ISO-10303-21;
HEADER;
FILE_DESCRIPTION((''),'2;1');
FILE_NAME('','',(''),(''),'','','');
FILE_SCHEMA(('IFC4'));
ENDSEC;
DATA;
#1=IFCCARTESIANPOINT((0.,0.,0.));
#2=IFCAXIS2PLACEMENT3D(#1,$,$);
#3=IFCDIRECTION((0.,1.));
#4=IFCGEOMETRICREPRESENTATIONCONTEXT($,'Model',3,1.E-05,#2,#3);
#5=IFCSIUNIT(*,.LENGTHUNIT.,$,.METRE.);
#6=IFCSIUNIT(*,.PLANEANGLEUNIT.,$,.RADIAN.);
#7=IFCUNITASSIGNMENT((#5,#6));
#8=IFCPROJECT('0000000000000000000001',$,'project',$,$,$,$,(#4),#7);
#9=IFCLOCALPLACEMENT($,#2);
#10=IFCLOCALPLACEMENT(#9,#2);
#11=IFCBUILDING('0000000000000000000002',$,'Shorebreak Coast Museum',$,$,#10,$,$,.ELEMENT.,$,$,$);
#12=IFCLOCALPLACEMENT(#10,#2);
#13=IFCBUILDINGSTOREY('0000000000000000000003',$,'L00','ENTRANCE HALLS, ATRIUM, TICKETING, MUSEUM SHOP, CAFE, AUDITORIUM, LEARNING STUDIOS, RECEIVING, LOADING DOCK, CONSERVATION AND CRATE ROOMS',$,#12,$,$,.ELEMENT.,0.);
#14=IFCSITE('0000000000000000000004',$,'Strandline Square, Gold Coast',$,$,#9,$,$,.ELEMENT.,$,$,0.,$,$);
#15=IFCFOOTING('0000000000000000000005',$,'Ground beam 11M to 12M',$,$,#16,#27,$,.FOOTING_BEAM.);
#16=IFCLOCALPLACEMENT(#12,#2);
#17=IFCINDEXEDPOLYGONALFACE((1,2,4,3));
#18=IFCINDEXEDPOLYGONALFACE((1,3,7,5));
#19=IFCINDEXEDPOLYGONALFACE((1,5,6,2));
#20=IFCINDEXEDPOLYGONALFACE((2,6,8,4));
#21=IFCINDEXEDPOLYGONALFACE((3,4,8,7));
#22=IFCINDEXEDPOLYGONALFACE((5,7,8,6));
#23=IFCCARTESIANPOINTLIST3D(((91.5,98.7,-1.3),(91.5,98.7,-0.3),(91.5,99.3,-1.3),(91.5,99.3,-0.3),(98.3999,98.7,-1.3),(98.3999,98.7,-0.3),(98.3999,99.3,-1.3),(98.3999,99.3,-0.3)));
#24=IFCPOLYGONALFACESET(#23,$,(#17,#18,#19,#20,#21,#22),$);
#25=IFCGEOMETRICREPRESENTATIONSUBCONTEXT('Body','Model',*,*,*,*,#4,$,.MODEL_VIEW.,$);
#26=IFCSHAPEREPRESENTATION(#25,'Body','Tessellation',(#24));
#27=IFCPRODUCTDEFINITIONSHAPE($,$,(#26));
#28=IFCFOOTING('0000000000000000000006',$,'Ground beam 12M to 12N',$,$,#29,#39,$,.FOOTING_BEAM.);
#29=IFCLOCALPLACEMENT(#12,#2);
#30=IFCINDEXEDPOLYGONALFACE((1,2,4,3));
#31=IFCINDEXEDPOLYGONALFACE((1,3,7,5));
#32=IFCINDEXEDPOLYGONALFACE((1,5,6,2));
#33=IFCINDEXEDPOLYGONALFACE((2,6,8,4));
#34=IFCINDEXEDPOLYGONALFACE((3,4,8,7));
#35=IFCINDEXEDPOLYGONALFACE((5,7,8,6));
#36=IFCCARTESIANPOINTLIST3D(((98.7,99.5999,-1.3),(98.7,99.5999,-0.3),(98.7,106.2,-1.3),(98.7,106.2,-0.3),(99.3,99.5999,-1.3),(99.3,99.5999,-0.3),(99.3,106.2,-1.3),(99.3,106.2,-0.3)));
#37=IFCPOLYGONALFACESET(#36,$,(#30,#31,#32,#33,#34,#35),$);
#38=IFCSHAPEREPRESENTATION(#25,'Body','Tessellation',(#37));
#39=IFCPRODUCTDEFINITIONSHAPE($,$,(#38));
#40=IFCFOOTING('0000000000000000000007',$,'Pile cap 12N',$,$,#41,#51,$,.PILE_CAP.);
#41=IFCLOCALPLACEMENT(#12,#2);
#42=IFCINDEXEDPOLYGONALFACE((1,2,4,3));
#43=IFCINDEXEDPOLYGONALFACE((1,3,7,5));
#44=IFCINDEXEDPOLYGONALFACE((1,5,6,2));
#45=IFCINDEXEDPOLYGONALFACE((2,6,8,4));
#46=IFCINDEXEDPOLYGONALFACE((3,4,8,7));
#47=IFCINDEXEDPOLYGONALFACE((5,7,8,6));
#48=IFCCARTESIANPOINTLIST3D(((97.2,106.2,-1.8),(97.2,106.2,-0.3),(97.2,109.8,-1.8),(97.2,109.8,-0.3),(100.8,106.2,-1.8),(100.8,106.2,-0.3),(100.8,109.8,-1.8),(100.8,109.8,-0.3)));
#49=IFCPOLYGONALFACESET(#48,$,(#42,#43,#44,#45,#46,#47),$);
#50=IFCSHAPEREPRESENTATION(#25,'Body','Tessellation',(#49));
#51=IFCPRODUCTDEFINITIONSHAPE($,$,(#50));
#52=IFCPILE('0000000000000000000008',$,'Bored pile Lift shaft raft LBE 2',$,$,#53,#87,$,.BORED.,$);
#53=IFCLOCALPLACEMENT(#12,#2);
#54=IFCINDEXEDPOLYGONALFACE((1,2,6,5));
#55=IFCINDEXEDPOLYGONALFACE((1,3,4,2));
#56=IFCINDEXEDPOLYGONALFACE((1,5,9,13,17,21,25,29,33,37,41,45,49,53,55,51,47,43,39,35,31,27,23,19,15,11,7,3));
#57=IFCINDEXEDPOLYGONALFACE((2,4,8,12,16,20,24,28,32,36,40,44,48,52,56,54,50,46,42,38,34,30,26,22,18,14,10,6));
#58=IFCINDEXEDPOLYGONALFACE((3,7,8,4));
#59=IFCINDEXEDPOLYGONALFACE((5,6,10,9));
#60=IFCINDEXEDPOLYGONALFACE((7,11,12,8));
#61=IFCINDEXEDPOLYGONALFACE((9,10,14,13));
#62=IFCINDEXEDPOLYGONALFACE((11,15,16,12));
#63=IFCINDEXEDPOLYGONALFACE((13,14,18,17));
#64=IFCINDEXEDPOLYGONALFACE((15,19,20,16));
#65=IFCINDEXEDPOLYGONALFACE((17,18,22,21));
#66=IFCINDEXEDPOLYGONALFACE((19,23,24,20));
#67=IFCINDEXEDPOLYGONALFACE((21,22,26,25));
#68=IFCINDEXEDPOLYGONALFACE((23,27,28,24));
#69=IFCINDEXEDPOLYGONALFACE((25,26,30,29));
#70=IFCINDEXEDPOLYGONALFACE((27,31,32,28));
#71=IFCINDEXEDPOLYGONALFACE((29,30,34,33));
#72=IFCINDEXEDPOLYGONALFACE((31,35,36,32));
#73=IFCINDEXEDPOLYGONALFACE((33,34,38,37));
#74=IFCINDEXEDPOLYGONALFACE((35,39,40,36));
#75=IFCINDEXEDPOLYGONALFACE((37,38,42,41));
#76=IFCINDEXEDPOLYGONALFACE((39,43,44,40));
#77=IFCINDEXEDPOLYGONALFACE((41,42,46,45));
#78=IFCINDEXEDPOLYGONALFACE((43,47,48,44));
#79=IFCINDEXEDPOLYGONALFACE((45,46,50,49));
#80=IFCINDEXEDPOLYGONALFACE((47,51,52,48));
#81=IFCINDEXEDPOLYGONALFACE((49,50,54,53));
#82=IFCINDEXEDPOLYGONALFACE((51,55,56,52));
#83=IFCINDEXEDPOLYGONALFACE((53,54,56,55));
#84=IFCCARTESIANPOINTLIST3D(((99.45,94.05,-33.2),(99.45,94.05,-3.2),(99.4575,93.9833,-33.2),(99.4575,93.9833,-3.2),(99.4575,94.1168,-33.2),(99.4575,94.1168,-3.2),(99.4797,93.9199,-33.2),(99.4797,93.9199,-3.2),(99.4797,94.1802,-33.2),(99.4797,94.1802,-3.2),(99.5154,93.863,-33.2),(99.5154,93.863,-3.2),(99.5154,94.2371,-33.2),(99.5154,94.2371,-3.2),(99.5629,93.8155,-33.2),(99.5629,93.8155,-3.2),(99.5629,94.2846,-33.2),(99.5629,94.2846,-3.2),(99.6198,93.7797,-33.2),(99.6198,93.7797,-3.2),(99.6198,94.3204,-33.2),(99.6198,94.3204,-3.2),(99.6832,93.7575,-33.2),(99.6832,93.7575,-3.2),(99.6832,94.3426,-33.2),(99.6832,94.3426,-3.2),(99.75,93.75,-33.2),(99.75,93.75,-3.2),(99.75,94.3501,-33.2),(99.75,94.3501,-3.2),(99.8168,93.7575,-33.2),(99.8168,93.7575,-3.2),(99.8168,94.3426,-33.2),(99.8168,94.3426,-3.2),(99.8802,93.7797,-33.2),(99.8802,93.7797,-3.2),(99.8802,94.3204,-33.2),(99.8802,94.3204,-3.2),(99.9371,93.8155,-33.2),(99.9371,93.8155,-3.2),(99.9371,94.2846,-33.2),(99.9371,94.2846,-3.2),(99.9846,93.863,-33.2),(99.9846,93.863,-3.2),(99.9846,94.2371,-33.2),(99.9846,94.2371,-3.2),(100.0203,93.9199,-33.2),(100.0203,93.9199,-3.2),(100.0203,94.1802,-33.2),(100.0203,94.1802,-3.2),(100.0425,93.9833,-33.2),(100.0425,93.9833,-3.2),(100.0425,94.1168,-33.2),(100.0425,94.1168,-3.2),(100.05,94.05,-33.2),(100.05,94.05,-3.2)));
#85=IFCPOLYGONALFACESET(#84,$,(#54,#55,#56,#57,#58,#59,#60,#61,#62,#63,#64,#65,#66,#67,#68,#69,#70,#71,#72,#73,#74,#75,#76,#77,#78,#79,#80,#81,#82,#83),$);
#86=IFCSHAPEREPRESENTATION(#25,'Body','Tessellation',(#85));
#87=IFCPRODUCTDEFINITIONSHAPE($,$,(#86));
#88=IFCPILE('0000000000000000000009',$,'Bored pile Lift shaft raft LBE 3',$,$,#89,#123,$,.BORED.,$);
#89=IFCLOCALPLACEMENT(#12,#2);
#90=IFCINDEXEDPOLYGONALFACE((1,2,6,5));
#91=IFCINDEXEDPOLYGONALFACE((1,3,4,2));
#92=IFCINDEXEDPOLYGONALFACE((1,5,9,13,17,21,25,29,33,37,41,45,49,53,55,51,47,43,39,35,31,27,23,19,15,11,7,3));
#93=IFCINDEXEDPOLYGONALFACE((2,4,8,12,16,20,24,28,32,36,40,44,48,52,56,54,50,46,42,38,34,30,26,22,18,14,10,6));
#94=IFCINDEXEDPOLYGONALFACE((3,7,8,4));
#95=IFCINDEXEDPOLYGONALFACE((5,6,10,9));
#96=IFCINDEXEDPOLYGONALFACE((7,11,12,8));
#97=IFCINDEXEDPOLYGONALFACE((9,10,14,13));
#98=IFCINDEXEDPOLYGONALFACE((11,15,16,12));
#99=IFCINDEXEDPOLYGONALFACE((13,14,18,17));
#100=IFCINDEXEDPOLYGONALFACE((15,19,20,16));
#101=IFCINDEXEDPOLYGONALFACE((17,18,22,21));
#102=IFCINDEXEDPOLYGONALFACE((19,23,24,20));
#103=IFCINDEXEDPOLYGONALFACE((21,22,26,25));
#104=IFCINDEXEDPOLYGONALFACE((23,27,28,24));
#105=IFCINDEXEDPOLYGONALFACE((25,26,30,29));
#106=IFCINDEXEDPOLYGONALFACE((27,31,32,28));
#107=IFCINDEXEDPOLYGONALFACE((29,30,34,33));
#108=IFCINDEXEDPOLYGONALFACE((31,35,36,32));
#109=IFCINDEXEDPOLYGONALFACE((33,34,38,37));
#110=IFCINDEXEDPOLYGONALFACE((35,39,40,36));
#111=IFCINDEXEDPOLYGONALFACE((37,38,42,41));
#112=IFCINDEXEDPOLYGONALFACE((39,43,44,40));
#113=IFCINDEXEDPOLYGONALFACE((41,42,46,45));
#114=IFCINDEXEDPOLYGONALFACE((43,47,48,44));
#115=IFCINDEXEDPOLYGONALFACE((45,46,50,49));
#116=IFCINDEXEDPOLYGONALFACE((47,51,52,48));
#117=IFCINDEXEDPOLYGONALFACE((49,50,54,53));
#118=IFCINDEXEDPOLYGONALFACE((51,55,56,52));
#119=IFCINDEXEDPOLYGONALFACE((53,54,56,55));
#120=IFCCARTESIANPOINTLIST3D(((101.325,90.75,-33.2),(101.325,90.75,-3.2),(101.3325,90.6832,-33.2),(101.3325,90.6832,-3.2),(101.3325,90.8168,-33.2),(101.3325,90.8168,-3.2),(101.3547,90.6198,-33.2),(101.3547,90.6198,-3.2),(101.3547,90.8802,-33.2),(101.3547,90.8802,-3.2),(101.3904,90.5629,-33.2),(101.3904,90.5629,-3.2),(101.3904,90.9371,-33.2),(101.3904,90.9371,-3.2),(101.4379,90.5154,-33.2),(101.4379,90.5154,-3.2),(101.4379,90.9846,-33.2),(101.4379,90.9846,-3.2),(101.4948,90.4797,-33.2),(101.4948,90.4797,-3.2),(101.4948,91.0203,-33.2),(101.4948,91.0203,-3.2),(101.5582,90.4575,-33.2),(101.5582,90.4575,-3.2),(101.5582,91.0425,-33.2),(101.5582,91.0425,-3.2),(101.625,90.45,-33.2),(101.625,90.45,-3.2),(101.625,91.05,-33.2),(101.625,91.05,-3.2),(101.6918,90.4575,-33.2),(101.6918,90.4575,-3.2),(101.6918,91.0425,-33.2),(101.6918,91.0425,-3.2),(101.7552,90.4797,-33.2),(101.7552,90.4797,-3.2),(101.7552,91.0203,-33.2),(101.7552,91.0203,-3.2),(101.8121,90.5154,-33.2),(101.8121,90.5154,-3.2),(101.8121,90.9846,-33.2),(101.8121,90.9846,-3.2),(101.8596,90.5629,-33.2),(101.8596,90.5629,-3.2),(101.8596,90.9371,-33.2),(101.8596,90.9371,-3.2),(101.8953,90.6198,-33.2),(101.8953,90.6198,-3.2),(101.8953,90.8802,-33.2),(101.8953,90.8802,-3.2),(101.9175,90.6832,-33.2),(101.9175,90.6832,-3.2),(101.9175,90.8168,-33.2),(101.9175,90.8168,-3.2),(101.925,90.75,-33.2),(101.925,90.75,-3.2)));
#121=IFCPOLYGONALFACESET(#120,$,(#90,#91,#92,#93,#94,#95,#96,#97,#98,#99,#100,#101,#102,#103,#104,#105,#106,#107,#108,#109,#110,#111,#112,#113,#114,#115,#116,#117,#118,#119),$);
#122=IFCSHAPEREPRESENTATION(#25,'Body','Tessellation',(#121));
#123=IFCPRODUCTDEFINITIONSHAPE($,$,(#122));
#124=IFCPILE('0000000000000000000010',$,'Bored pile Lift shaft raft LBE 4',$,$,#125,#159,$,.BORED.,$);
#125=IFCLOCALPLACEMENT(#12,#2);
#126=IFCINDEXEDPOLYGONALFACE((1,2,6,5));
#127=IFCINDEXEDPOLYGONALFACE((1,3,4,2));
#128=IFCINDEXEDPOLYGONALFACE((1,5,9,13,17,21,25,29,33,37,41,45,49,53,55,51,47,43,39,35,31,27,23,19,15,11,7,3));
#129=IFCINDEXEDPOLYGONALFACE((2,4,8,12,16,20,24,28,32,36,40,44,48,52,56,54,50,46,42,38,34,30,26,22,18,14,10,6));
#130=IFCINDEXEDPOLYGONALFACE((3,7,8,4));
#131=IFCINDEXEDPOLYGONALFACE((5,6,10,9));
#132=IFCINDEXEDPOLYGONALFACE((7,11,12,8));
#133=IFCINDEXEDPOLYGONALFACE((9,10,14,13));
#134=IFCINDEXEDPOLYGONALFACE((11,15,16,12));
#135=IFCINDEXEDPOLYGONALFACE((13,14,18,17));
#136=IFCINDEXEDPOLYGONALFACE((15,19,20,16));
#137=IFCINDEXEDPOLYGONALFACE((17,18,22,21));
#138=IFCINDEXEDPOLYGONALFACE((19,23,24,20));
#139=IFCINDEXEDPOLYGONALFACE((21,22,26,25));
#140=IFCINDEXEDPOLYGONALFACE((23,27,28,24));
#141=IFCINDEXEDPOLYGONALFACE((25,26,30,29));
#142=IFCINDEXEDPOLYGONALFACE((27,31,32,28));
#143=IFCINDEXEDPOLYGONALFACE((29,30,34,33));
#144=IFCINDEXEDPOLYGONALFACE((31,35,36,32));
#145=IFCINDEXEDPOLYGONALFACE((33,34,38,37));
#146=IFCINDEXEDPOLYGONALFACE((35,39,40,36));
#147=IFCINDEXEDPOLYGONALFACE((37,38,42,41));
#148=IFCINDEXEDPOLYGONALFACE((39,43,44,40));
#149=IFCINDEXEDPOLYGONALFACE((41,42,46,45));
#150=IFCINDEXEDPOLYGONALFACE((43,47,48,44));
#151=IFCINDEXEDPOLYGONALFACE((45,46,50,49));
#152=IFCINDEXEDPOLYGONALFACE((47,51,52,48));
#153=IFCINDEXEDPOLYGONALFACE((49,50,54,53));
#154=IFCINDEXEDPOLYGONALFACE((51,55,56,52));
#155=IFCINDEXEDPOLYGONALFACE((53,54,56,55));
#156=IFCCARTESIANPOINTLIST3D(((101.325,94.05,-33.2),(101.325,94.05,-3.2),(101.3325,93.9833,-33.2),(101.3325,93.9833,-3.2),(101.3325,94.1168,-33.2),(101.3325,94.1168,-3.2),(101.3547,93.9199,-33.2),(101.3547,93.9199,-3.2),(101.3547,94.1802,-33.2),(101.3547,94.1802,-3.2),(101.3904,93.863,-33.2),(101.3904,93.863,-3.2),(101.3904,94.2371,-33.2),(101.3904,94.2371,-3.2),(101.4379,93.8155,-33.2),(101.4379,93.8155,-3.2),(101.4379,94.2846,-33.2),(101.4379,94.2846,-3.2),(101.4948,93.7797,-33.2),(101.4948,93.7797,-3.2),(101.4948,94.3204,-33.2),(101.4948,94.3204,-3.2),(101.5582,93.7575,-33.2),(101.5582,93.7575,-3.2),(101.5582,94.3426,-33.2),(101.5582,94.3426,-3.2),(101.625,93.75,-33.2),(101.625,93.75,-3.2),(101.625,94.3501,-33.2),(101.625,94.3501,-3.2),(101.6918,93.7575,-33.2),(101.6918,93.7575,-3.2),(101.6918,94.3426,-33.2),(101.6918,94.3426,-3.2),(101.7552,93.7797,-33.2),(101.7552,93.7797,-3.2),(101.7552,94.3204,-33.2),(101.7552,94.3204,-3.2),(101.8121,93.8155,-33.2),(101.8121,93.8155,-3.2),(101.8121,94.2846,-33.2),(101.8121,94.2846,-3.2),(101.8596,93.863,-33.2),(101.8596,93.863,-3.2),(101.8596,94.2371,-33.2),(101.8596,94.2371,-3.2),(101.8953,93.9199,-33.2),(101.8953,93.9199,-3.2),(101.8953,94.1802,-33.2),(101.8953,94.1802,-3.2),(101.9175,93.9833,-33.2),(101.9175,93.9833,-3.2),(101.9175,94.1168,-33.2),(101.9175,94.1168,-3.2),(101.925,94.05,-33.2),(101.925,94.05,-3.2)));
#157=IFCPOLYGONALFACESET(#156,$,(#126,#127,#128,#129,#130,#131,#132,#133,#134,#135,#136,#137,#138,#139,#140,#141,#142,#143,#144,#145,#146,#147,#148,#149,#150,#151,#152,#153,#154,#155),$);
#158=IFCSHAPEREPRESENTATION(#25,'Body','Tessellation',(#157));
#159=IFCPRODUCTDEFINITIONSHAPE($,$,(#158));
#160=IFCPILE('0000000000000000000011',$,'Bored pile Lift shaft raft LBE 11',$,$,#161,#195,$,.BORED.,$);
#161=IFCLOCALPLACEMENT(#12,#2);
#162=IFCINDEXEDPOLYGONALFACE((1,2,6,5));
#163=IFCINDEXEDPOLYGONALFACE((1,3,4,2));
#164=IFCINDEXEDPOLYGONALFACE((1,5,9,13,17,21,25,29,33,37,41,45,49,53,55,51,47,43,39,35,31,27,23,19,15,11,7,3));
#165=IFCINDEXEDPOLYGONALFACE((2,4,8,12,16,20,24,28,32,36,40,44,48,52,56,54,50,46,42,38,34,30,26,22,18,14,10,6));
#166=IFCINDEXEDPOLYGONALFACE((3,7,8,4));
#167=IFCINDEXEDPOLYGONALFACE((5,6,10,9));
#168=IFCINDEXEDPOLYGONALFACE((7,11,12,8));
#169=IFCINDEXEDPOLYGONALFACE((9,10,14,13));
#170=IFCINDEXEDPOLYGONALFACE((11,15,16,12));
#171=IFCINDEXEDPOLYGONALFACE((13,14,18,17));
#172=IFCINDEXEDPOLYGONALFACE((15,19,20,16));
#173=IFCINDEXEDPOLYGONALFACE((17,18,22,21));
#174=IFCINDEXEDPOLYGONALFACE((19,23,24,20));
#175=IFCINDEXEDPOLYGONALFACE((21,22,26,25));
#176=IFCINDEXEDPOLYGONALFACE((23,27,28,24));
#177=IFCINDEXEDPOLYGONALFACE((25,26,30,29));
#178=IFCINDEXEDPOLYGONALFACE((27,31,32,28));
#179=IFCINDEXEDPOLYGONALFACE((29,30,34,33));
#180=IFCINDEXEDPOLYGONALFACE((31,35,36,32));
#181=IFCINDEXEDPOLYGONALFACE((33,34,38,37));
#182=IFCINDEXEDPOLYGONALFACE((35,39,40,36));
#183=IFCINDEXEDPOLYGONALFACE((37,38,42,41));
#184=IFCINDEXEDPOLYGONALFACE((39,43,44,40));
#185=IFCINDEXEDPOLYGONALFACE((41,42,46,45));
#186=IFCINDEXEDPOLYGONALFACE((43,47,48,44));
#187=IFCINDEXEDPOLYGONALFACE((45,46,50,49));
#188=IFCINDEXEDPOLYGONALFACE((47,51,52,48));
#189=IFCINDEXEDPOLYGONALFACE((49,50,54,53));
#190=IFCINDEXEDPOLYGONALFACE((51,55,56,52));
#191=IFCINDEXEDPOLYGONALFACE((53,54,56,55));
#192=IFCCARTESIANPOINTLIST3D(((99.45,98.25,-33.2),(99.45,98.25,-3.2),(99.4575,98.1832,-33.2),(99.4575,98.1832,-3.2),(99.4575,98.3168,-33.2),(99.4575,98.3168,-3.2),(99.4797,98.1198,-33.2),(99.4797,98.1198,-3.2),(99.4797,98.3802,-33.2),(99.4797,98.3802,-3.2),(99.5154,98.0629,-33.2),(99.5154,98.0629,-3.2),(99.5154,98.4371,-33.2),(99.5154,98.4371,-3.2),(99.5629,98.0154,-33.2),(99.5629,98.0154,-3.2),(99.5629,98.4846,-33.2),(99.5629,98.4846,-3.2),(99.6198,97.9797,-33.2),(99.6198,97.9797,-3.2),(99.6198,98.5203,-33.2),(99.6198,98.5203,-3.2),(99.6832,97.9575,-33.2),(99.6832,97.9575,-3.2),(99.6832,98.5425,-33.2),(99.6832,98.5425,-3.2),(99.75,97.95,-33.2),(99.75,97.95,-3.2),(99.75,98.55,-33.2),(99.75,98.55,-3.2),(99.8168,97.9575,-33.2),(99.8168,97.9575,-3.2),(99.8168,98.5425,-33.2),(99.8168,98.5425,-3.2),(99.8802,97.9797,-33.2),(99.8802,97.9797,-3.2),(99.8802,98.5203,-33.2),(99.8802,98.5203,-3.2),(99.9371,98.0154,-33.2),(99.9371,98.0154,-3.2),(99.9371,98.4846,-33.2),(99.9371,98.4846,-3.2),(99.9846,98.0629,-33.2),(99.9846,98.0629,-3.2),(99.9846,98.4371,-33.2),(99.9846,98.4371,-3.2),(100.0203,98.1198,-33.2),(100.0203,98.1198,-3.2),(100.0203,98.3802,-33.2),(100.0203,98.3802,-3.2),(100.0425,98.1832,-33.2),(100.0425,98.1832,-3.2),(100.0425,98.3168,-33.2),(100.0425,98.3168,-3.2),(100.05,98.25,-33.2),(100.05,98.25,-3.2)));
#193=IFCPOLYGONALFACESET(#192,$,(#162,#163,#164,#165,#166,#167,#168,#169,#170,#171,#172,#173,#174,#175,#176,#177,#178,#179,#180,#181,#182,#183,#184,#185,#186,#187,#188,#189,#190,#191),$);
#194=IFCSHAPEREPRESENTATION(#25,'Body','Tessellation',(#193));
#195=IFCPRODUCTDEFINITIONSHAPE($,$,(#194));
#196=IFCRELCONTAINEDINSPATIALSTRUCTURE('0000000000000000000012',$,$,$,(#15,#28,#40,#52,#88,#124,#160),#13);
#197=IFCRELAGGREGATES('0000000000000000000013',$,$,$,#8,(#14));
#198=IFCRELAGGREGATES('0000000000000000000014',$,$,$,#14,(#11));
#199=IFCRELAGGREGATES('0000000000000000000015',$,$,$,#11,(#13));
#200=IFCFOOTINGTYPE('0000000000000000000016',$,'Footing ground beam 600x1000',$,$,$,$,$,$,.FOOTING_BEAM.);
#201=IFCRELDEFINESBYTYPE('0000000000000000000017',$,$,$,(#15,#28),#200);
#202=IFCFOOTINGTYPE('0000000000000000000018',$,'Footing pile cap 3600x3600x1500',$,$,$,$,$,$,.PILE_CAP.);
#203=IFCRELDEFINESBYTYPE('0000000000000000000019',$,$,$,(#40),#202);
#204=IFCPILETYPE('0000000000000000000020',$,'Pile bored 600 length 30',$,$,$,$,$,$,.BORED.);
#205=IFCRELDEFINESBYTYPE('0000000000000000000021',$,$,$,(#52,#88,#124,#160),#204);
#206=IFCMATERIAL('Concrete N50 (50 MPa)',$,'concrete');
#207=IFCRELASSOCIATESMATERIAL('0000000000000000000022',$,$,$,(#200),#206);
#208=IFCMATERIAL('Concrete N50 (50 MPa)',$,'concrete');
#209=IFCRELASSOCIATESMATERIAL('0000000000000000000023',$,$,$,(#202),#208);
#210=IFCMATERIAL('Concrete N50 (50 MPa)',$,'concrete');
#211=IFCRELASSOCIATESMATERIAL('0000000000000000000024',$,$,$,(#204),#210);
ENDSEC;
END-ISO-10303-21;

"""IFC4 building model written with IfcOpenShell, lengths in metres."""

from ifc_helpers import new_model, si_unit, direction, frame, origin, origin_2d, place, context, subcontext, project, spatial, rectangle, circle, extrude, material, material_profile, profile_set, type_object, element, save


model = new_model("IFC4")

# Units and contexts
model_context = context("Model", 3, precision=1e-05, world=origin(), true_north=direction((0.0, 1.0)))
body_context = subcontext(model_context, "Body", "Model", "MODEL_VIEW")
ifc_project = project(units=[si_unit("LENGTHUNIT", "METRE"), si_unit("PLANEANGLEUNIT", "RADIAN")], contexts=[model_context])

# Site, building, storey
site_placement = place(None, origin())
site = spatial("IfcSite", under=ifc_project, at=site_placement, Name="Strandline Square, Gold Coast", CompositionType="ELEMENT", RefElevation=0.0)
building_placement = place(site_placement, origin())
building = spatial("IfcBuilding", under=site, at=building_placement, Name="Shorebreak Coast Museum", CompositionType="ELEMENT")
storey_placement = place(building_placement, origin())
storey = spatial("IfcBuildingStorey", under=building, at=storey_placement, Name="L00", Description="ENTRANCE HALLS, ATRIUM, TICKETING, MUSEUM SHOP, CAFE, AUDITORIUM, LEARNING STUDIOS, RECEIVING, LOADING DOCK, CONSERVATION AND CRATE ROOMS", CompositionType="ELEMENT", Elevation=0.0)

# Footings
ifc_material_1 = material(Name="Concrete N50 (50 MPa)", Category="concrete")
footing_type_1 = type_object("IfcFootingType", Name="Footing ground beam 600x1000", PredefinedType="FOOTING_BEAM", material=ifc_material_1)
footing_1_placement = place(storey_placement, frame((94.95, 99.0, -1.3), z_axis=(0.0, 0.0, 1.0), x_axis=(1.0, 0.0, 0.0)))
element("IfcFooting", 1, at=footing_1_placement, inside=storey, type_object=footing_type_1, Name="Ground beam 11M to 12M", PredefinedType="FOOTING_BEAM", context=body_context, shape_type="SweptSolid", body=[
    extrude(rectangle(XDim=6.8999, YDim=0.6001, at=origin_2d()), origin(), (0.0, 0.0, 1.0), 1.0),
])
footing_2_placement = place(storey_placement, frame((99.0, 102.8999, -1.3), z_axis=(0.0, 0.0, 1.0), x_axis=(1.0, 0.0, 0.0)))
element("IfcFooting", 2, at=footing_2_placement, inside=storey, type_object=footing_type_1, Name="Ground beam 12M to 12N", PredefinedType="FOOTING_BEAM", context=body_context, shape_type="SweptSolid", body=[
    extrude(rectangle(XDim=0.6001, YDim=6.6001, at=origin_2d()), origin(), (0.0, 0.0, 1.0), 1.0),
])
ifc_material_2 = material(Name="Concrete N50 (50 MPa)", Category="concrete")
footing_type_2 = type_object("IfcFootingType", Name="Footing pile cap 3600x3600x1500", PredefinedType="PILE_CAP", material=ifc_material_2)
footing_3_placement = place(storey_placement, frame((99.0, 108.0, -1.8), z_axis=(0.0, 0.0, 1.0), x_axis=(1.0, 0.0, 0.0)))
element("IfcFooting", 3, at=footing_3_placement, inside=storey, type_object=footing_type_2, Name="Pile cap 12N", PredefinedType="PILE_CAP", context=body_context, shape_type="SweptSolid", body=[
    extrude(rectangle(XDim=3.6001, YDim=3.6001, at=origin_2d()), origin(), (0.0, 0.0, 1.0), 1.5),
])

# Piles
ifc_material_3 = material(Name="Concrete N50 (50 MPa)", Category="concrete")
ifc_material_profile_1 = material_profile(ifc_material_3, circle(Radius=0.3, at=origin_2d()), Name="Pile bored 600 length 30")
ifc_profile_set_1 = profile_set([ifc_material_profile_1], Name="Concrete N50 (50 MPa)")
pile_type_1 = type_object("IfcPileType", Name="Pile bored 600 length 30", PredefinedType="BORED", material=ifc_profile_set_1)
for number, where, z_axis, x_axis, name in (
    (4, (99.75, 94.05, -3.2), (0.0, 0.0, -1.0), (1.0, 0.0, 0.0), "Bored pile Lift shaft raft LBE 2"),
    (5, (101.625, 90.75, -3.2), (0.0, 0.0, -1.0), (1.0, 0.0, 0.0), "Bored pile Lift shaft raft LBE 3"),
    (6, (101.625, 94.05, -3.2), (0.0, 0.0, -1.0), (1.0, 0.0, 0.0), "Bored pile Lift shaft raft LBE 4"),
    (7, (99.75, 98.25, -3.2), (0.0, 0.0, -1.0), (1.0, 0.0, 0.0), "Bored pile Lift shaft raft LBE 11"),
):
    element("IfcPile", number, at=place(storey_placement, frame(where, z_axis=z_axis, x_axis=x_axis)), inside=storey, type_object=pile_type_1, Name=name, PredefinedType="BORED", context=body_context, shape_type="SweptSolid", body=[
        extrude(circle(Radius=0.3, at=origin_2d()), origin(), (0.0, 0.0, 1.0), 30.0),
    ])

save(model, "model.ifc")
